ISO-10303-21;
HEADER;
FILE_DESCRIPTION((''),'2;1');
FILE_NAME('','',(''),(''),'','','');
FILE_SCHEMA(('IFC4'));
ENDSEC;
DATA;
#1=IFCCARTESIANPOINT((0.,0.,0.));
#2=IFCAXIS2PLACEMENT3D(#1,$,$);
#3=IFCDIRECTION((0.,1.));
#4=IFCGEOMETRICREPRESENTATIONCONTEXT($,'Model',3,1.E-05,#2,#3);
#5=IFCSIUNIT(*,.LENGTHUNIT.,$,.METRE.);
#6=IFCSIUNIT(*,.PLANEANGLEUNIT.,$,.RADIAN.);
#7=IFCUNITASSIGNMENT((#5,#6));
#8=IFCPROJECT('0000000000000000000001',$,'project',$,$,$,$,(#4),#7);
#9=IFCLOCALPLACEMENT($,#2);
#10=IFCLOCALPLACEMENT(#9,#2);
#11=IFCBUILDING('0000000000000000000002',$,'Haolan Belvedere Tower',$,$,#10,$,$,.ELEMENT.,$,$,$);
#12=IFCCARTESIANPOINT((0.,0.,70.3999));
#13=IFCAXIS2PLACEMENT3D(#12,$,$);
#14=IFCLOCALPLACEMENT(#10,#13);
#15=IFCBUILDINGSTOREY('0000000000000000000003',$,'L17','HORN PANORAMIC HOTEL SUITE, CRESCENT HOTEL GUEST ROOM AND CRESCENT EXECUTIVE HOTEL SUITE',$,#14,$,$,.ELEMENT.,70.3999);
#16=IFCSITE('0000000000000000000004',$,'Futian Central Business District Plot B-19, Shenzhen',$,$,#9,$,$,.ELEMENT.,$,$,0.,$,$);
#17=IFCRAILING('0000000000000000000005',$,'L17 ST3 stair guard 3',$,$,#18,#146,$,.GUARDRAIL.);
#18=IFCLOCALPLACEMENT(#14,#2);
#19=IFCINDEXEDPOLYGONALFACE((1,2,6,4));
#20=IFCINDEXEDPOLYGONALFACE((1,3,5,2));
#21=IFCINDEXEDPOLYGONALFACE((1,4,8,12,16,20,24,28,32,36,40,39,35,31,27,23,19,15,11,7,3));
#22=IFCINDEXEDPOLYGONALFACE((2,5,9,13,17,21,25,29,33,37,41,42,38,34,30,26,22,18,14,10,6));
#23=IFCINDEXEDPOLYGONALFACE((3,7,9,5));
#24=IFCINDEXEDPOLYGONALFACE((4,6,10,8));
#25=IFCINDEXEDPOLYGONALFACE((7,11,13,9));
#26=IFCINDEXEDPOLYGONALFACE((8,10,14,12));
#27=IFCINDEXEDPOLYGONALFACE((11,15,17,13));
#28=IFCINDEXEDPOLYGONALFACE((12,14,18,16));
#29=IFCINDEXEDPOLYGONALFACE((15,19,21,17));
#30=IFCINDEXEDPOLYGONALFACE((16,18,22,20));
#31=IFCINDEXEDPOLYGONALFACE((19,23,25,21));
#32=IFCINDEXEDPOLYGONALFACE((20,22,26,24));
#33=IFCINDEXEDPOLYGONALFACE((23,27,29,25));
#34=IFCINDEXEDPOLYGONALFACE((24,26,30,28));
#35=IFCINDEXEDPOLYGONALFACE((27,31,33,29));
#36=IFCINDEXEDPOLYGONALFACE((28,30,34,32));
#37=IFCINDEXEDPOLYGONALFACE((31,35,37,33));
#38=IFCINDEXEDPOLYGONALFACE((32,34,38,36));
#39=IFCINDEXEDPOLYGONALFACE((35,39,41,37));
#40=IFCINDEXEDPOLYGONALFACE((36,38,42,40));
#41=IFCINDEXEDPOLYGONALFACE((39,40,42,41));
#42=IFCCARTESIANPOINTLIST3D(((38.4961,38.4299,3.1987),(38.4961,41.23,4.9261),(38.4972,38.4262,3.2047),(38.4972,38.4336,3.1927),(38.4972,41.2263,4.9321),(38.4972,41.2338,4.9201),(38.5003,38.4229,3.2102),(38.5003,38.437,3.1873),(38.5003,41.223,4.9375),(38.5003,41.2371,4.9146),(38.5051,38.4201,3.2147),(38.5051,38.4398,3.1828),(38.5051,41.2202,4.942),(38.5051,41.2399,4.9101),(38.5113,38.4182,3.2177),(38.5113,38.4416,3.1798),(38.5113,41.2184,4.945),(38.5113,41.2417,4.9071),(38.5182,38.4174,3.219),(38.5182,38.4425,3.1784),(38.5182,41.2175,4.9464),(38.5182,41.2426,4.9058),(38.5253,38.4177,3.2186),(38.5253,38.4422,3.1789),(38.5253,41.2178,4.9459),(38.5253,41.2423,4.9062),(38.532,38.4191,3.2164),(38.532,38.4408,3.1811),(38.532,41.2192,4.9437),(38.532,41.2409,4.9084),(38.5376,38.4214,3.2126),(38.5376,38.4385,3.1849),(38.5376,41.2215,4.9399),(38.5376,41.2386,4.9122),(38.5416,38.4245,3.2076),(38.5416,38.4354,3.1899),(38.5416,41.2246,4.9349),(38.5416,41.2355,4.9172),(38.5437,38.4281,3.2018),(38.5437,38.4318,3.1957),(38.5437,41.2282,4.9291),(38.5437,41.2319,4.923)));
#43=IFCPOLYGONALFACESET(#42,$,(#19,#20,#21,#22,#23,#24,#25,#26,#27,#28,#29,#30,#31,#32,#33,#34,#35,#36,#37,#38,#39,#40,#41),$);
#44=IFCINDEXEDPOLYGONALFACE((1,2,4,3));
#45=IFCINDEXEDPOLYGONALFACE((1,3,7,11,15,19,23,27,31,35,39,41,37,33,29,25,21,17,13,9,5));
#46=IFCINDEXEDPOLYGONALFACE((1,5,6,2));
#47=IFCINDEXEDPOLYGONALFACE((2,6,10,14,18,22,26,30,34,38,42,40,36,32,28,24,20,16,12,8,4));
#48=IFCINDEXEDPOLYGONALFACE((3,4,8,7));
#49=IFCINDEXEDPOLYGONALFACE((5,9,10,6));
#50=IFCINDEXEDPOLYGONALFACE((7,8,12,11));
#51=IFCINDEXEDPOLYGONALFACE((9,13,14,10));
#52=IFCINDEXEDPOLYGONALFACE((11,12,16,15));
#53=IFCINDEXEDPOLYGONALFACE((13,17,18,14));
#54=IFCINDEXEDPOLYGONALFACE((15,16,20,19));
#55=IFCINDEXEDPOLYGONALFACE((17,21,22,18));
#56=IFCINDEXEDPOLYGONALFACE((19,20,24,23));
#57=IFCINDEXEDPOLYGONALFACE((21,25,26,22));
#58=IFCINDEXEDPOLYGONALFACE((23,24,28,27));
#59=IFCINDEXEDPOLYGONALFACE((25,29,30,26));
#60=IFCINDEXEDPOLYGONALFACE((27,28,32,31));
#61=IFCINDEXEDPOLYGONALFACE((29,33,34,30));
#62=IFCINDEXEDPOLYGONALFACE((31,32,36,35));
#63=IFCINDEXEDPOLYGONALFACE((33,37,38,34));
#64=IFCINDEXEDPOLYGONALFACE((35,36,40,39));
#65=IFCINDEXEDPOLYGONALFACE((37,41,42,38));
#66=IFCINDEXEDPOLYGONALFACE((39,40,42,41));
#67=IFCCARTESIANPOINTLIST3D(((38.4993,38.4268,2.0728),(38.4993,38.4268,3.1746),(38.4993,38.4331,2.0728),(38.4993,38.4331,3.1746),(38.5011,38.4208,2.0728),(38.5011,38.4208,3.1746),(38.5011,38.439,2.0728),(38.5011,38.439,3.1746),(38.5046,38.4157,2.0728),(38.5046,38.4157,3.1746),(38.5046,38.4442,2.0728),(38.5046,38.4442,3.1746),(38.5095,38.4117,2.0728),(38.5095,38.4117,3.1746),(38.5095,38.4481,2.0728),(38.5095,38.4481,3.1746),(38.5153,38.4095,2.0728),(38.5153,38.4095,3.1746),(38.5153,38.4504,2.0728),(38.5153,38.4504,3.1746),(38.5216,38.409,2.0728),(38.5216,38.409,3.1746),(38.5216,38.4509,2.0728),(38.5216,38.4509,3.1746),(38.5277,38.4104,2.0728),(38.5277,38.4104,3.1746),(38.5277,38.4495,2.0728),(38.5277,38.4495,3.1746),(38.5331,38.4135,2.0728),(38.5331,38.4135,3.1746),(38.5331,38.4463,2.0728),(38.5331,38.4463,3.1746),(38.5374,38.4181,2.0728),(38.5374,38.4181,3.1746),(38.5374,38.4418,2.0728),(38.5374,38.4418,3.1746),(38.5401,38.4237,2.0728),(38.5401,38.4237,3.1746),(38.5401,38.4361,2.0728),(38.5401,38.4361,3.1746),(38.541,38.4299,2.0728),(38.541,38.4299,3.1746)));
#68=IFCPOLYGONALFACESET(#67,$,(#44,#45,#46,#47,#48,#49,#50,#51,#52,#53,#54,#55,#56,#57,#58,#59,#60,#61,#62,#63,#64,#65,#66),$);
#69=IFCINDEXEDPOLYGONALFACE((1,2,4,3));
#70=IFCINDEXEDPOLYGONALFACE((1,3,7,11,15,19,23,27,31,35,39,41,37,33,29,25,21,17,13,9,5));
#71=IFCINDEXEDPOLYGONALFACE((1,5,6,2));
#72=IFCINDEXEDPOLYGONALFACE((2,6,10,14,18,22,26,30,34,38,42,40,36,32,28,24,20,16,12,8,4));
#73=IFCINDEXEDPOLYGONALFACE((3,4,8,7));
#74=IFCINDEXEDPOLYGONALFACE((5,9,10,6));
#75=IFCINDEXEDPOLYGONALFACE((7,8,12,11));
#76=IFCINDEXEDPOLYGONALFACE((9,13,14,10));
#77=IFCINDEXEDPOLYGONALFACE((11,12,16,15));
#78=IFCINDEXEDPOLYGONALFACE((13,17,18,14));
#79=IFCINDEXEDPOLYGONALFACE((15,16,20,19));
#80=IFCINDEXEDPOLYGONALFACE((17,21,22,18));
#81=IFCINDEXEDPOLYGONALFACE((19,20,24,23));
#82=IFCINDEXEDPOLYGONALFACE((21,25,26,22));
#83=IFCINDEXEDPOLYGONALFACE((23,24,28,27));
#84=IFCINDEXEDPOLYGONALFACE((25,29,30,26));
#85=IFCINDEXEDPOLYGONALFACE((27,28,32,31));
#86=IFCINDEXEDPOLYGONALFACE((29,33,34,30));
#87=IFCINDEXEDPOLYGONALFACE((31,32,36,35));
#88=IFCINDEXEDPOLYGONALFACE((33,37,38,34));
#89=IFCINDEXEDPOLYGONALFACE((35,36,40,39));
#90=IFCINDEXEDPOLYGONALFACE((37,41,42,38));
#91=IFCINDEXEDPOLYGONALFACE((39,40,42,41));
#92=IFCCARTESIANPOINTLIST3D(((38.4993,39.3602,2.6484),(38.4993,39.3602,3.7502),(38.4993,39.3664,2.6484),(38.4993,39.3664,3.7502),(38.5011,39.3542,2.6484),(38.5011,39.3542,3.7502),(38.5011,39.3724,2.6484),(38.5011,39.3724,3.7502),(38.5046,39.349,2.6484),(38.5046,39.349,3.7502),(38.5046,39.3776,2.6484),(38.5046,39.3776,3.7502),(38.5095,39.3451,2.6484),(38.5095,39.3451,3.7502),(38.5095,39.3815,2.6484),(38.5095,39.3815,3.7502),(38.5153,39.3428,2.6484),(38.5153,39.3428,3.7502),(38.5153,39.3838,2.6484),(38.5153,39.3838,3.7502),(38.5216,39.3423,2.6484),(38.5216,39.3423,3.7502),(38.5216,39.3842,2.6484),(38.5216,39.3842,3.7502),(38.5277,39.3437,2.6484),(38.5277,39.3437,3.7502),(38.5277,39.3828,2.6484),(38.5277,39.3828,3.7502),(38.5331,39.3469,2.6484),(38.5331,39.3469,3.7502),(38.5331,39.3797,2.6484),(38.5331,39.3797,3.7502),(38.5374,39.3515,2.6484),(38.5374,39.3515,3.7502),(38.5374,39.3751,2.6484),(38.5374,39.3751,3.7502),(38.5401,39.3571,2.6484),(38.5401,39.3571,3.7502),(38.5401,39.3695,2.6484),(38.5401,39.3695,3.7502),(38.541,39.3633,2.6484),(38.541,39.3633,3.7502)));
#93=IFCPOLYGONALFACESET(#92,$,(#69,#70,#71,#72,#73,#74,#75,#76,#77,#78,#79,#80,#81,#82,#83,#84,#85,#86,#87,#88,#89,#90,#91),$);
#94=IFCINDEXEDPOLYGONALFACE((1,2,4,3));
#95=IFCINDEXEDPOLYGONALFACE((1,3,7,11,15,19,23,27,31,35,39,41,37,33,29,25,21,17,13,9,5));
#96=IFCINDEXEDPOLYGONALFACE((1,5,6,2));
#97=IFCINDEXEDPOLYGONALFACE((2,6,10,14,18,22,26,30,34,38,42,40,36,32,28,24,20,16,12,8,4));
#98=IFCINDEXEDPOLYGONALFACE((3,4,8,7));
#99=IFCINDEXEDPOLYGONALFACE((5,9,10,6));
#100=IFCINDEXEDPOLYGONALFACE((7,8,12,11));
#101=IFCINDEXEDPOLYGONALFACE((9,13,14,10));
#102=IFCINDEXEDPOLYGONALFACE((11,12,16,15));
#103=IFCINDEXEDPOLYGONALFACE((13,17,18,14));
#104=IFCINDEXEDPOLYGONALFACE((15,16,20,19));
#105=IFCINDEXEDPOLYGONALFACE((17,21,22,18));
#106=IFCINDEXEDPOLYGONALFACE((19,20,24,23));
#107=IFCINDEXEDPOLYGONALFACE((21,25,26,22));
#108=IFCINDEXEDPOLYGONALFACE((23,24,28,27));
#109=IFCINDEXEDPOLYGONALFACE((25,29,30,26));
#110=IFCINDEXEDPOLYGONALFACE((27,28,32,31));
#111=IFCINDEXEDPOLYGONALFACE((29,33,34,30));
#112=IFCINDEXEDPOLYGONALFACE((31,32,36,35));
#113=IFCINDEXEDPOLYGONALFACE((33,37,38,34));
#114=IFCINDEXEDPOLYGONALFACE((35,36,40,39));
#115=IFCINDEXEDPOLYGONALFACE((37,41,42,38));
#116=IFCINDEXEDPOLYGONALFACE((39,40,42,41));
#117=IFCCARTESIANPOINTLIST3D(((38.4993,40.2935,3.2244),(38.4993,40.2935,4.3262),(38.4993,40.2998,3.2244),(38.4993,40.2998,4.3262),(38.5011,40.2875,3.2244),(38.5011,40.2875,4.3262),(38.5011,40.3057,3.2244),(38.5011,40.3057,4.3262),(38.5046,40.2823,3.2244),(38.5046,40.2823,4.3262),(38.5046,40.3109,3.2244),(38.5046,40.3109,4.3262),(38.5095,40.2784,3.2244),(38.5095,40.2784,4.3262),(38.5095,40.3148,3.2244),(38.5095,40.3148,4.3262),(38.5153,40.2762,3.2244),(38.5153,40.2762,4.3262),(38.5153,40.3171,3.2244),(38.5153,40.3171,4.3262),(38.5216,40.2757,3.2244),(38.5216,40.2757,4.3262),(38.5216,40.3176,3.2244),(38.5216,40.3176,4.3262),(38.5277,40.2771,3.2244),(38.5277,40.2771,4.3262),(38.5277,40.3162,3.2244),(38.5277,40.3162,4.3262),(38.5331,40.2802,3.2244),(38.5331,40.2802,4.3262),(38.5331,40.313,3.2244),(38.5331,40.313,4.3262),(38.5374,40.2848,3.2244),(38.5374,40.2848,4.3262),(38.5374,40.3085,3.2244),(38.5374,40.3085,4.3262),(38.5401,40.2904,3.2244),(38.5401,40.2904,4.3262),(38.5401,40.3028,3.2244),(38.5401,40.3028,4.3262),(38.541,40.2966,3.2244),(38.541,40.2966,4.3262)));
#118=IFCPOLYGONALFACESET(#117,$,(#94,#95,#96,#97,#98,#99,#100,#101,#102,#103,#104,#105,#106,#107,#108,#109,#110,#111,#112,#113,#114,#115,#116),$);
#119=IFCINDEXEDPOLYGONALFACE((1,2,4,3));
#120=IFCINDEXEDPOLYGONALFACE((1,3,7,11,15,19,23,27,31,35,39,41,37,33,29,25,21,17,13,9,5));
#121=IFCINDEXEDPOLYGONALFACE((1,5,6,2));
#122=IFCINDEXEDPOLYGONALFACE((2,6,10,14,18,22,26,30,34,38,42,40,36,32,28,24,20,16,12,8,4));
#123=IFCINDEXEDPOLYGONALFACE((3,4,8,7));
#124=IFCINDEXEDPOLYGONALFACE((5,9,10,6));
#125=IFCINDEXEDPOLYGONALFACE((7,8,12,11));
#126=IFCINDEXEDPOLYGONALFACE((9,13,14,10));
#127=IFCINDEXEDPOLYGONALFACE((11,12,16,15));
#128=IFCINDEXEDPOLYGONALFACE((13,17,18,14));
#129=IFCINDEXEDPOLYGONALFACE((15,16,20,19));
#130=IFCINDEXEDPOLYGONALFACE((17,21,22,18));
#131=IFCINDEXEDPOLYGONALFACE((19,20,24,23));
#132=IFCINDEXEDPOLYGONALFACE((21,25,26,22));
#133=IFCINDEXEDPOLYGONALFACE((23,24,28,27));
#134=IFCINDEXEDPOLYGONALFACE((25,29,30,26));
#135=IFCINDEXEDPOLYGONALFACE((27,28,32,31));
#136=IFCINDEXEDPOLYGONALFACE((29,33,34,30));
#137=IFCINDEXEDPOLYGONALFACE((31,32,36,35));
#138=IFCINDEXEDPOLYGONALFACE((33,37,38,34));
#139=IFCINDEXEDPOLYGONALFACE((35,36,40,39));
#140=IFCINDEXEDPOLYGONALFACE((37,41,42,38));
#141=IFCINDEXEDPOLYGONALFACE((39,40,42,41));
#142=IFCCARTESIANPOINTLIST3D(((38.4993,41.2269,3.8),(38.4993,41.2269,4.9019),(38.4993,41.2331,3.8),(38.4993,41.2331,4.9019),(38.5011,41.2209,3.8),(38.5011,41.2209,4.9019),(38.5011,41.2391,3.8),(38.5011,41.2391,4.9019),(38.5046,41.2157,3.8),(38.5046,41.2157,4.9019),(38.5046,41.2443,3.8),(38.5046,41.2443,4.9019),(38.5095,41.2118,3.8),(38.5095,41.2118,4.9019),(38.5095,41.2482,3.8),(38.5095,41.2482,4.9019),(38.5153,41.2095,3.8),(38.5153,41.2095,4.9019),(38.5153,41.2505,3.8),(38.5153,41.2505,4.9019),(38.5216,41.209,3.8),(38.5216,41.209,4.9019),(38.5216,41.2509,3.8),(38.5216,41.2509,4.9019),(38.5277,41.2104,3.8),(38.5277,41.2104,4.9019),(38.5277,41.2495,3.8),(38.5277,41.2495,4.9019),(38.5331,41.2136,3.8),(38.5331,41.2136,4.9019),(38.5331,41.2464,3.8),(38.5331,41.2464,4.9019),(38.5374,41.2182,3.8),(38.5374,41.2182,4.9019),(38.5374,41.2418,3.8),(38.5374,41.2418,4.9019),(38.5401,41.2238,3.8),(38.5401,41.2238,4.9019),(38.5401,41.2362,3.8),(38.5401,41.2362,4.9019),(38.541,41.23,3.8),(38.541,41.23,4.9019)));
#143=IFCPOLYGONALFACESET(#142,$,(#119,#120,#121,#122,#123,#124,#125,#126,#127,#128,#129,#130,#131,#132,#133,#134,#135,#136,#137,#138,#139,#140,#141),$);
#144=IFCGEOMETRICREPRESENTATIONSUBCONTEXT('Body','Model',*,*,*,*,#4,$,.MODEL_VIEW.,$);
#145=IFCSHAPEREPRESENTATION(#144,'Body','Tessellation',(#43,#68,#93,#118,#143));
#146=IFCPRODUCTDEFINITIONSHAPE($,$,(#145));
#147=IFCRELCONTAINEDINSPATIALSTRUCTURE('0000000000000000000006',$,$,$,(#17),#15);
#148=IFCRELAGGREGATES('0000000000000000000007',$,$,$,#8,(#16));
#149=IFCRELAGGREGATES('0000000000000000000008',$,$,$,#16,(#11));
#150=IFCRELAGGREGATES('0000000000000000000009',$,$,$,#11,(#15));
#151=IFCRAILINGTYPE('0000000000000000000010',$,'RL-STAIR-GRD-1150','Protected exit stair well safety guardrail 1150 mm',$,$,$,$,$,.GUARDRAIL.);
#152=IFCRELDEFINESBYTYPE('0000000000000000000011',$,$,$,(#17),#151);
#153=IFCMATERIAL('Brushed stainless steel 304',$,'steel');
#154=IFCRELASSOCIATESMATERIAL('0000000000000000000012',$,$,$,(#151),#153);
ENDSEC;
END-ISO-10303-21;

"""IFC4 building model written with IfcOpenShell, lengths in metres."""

from ifc_helpers import new_model, si_unit, direction, frame, origin, origin_2d, place, context, subcontext, project, spatial, circle, extrude, material, type_object, element, save


model = new_model("IFC4")

# Units and contexts
model_context = context("Model", 3, precision=1e-05, world=origin(), true_north=direction((0.0, 1.0)))
body_context = subcontext(model_context, "Body", "Model", "MODEL_VIEW")
ifc_project = project(units=[si_unit("LENGTHUNIT", "METRE"), si_unit("PLANEANGLEUNIT", "RADIAN")], contexts=[model_context])

# Site, building, storey
site_placement = place(None, origin())
site = spatial("IfcSite", under=ifc_project, at=site_placement, Name="Futian Central Business District Plot B-19, Shenzhen", CompositionType="ELEMENT", RefElevation=0.0)
building_placement = place(site_placement, origin())
building = spatial("IfcBuilding", under=site, at=building_placement, Name="Haolan Belvedere Tower", CompositionType="ELEMENT")
storey_placement = place(building_placement, frame((0.0, 0.0, 70.3999)))
storey = spatial("IfcBuildingStorey", under=building, at=storey_placement, Name="L17", Description="HORN PANORAMIC HOTEL SUITE, CRESCENT HOTEL GUEST ROOM AND CRESCENT EXECUTIVE HOTEL SUITE", CompositionType="ELEMENT", Elevation=70.3999)

# Railing
ifc_material_1 = material(Name="Brushed stainless steel 304", Category="steel")
railing_type_1 = type_object("IfcRailingType", Name="RL-STAIR-GRD-1150", Description="Protected exit stair well safety guardrail 1150 mm", PredefinedType="GUARDRAIL", material=ifc_material_1)
railing_1_placement = place(storey_placement, frame((38.52, 38.4299, 2.0728)))
element("IfcRailing", 1, at=railing_1_placement, inside=storey, type_object=railing_type_1, Name="L17 ST3 stair guard 3", PredefinedType="GUARDRAIL", context=body_context, shape_type="SweptSolid", body=[
    extrude(circle(Radius=0.0239, at=origin_2d()), frame((0.0, 0.0, 1.126), z_axis=(0.0, 0.85109, 0.52502), x_axis=(-1.0, 0.0, 0.0)), (0.0, 0.0, 1.0), 3.29),
    extrude(circle(Radius=0.021, at=origin_2d()), origin(), (0.0, 0.0, 1.0), 1.1018),
    extrude(circle(Radius=0.021, at=origin_2d()), frame((0.0, 0.9333, 0.5757)), (0.0, 0.0, 1.0), 1.1018),
    extrude(circle(Radius=0.021, at=origin_2d()), frame((0.0, 1.8667, 1.1516)), (0.0, 0.0, 1.0), 1.1018),
    extrude(circle(Radius=0.021, at=origin_2d()), frame((0.0, 2.8, 1.7273)), (0.0, 0.0, 1.0), 1.1018),
])

save(model, "model.ifc")
